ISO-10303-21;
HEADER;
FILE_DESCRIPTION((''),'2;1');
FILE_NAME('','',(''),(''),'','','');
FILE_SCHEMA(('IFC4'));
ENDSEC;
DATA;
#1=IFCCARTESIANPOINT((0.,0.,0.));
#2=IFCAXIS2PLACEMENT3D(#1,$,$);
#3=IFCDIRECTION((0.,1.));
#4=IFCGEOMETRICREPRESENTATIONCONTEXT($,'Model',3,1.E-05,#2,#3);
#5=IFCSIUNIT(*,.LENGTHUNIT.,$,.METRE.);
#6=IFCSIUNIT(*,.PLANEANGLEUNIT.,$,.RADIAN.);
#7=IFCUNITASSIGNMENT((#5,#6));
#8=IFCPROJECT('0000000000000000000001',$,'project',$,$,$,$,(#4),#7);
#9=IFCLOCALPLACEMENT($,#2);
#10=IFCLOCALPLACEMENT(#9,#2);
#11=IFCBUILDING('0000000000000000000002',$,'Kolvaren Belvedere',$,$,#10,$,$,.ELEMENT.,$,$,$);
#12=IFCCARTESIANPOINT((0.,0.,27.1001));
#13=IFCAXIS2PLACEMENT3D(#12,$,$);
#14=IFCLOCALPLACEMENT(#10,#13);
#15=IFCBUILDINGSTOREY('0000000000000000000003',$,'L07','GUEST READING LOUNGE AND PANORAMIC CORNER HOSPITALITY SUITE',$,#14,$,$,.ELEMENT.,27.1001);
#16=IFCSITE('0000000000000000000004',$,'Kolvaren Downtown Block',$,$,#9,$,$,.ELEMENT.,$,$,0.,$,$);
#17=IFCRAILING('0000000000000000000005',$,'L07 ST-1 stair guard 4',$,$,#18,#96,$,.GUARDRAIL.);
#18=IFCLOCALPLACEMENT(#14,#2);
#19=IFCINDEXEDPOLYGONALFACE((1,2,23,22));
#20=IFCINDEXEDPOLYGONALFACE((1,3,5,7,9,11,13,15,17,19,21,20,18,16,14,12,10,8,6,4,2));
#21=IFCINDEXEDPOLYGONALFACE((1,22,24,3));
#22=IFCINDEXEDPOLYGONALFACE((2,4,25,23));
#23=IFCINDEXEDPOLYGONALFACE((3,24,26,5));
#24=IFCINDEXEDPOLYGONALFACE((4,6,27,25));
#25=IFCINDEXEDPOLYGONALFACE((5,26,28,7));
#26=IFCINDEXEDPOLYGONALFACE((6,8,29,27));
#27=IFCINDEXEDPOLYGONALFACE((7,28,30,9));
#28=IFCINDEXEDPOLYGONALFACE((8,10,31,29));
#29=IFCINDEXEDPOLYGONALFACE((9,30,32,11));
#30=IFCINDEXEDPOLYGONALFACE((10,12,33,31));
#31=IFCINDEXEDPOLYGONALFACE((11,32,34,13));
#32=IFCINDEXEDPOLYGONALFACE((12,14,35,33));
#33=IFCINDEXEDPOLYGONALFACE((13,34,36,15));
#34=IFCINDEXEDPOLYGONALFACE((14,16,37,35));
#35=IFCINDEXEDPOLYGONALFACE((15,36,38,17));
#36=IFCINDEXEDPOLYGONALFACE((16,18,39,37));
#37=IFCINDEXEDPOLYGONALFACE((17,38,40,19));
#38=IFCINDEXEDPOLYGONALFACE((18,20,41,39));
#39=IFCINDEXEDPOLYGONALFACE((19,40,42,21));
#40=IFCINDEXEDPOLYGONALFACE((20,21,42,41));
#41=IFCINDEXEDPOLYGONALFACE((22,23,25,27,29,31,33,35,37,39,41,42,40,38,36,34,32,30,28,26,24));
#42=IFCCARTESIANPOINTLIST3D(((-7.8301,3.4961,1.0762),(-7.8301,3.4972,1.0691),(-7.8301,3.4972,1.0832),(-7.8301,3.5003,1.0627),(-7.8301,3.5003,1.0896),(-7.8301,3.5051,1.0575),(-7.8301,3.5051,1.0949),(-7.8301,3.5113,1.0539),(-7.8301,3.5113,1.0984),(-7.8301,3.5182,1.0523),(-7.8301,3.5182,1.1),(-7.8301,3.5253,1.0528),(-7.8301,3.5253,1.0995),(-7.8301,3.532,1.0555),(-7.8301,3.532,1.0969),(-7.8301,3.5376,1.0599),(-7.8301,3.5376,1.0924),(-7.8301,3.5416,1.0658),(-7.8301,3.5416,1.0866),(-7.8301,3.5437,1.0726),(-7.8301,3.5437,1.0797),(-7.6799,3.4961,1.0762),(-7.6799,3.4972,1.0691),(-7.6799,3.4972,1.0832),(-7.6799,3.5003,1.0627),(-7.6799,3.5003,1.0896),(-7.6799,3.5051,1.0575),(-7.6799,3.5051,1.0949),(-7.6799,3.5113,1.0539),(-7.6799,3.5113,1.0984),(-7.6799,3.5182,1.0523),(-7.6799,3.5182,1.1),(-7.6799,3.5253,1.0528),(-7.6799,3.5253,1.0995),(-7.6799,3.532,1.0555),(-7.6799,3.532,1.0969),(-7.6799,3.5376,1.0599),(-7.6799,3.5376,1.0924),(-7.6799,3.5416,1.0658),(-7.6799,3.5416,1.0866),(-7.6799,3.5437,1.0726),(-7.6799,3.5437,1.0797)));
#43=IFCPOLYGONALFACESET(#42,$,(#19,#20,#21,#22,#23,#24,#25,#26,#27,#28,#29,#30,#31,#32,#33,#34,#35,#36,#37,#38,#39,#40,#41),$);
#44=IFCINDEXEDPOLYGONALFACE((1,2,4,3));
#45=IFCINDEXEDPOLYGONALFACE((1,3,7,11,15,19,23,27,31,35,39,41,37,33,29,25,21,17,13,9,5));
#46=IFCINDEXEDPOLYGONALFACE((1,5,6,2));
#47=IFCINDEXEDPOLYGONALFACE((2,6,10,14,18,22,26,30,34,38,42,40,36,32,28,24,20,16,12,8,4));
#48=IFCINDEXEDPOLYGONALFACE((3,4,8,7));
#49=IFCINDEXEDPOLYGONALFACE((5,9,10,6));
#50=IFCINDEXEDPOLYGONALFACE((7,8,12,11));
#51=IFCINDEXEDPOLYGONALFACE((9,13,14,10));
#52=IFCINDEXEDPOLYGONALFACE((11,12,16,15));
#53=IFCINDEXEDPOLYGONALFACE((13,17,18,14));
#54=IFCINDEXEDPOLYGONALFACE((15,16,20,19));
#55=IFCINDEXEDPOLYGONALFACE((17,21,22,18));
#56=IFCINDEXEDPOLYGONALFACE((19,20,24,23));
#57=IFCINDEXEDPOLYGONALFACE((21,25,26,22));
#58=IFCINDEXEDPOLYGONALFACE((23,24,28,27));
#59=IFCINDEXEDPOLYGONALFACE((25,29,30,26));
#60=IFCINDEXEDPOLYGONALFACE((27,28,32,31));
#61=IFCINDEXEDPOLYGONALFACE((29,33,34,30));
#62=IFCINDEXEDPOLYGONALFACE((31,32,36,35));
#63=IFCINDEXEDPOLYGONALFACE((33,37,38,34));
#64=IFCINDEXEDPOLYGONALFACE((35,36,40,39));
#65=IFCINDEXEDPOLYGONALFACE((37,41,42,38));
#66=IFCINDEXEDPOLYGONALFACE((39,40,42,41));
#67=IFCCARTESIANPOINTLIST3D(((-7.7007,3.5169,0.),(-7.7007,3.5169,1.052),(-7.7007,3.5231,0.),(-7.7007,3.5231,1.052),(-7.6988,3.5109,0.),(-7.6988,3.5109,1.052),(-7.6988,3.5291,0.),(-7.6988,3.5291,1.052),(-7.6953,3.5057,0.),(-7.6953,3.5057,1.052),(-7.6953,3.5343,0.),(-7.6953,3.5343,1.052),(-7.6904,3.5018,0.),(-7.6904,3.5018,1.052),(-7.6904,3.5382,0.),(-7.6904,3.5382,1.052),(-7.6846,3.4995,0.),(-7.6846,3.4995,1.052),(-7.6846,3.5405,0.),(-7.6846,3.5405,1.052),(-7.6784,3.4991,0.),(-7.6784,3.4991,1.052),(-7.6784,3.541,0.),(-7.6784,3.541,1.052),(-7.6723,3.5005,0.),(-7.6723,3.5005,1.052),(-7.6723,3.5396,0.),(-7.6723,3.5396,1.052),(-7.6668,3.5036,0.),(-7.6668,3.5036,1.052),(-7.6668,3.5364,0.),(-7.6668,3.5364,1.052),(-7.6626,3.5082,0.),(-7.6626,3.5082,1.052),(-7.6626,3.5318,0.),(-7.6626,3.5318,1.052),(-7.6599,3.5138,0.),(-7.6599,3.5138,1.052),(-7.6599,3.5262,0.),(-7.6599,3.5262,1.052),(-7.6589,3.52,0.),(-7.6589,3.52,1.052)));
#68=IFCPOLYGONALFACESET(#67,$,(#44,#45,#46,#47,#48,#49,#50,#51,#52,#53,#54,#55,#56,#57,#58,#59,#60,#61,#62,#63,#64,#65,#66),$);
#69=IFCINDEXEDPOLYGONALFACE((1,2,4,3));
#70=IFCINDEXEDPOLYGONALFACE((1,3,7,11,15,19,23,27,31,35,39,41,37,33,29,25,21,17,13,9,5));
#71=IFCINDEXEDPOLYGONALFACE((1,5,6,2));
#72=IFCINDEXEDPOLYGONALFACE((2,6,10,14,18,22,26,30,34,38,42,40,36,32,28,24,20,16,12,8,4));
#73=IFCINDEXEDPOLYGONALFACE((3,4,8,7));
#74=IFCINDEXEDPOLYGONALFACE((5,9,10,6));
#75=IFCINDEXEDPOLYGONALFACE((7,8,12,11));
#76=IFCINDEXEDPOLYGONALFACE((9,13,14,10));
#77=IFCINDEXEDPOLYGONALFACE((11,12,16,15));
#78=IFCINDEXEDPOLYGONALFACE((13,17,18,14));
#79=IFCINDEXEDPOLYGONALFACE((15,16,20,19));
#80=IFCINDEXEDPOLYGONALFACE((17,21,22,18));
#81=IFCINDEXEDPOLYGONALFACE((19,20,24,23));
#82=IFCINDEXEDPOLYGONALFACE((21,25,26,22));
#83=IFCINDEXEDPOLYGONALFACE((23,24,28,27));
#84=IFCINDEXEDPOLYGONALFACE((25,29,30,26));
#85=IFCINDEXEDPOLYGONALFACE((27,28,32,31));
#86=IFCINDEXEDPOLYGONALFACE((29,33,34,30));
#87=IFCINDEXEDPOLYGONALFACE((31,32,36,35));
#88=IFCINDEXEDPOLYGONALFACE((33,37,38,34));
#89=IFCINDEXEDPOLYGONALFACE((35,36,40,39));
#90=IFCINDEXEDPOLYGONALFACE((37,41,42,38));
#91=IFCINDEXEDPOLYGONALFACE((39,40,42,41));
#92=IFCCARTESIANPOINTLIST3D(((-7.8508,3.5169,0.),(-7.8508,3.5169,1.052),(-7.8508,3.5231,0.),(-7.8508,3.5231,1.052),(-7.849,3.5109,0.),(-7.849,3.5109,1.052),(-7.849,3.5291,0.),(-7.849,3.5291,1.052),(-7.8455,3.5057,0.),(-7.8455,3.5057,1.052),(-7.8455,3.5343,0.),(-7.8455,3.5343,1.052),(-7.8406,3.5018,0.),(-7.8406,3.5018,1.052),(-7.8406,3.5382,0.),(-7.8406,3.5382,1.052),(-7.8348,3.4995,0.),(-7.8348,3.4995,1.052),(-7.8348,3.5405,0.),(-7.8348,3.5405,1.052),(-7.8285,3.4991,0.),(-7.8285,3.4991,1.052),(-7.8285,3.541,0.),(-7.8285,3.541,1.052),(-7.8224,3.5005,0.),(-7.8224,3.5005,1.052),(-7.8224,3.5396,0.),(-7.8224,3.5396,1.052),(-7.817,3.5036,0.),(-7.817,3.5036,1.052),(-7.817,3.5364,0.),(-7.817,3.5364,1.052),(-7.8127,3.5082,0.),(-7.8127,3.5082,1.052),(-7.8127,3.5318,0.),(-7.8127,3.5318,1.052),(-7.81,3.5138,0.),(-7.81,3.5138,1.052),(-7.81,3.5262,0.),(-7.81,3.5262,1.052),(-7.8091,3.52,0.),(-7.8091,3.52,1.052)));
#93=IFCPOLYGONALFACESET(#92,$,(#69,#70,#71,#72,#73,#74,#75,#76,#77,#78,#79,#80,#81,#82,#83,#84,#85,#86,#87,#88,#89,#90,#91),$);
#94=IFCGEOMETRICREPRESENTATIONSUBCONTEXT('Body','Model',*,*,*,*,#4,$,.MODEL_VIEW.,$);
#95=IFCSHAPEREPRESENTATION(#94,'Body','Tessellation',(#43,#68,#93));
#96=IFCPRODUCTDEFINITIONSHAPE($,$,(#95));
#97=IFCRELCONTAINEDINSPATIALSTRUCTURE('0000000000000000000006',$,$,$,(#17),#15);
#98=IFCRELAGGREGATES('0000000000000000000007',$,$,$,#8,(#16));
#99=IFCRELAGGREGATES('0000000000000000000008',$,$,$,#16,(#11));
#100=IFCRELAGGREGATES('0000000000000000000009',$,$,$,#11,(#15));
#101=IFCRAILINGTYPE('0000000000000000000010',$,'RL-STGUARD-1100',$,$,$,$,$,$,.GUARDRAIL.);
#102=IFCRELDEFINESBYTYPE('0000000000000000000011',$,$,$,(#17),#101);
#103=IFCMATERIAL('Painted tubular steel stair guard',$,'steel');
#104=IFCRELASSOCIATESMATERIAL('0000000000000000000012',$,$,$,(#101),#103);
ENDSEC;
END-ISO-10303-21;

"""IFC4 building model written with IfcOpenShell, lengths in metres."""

from ifc_helpers import new_model, si_unit, direction, frame, origin, origin_2d, place, context, subcontext, project, spatial, circle, extrude, material, type_object, element, save


model = new_model("IFC4")

# Units and contexts
model_context = context("Model", 3, precision=1e-05, world=origin(), true_north=direction((0.0, 1.0)))
body_context = subcontext(model_context, "Body", "Model", "MODEL_VIEW")
ifc_project = project(units=[si_unit("LENGTHUNIT", "METRE"), si_unit("PLANEANGLEUNIT", "RADIAN")], contexts=[model_context])

# Site, building, storey
site_placement = place(None, origin())
site = spatial("IfcSite", under=ifc_project, at=site_placement, Name="Kolvaren Downtown Block", CompositionType="ELEMENT", RefElevation=0.0)
building_placement = place(site_placement, origin())
building = spatial("IfcBuilding", under=site, at=building_placement, Name="Kolvaren Belvedere", CompositionType="ELEMENT")
storey_placement = place(building_placement, frame((0.0, 0.0, 27.1001)))
storey = spatial("IfcBuildingStorey", under=building, at=storey_placement, Name="L07", Description="GUEST READING LOUNGE AND PANORAMIC CORNER HOSPITALITY SUITE", CompositionType="ELEMENT", Elevation=27.1001)

# Railing
ifc_material_1 = material(Name="Painted tubular steel stair guard", Category="steel")
railing_type_1 = type_object("IfcRailingType", Name="RL-STGUARD-1100", PredefinedType="GUARDRAIL", material=ifc_material_1)
railing_1_placement = place(storey_placement, frame((-7.6799, 3.52, 0.0)))
element("IfcRailing", 1, at=railing_1_placement, inside=storey, type_object=railing_type_1, Name="L07 ST-1 stair guard 4", PredefinedType="GUARDRAIL", context=body_context, shape_type="SweptSolid", body=[
    extrude(circle(Radius=0.0239, at=origin_2d()), frame((0.0, 0.0, 1.0762), z_axis=(-1.0, 0.0, 0.0), x_axis=(0.0, -1.0, 0.0)), (0.0, 0.0, 1.0), 0.1501),
    extrude(circle(Radius=0.021, at=origin_2d()), origin(), (0.0, 0.0, 1.0), 1.052),
    extrude(circle(Radius=0.021, at=origin_2d()), frame((-0.1501, 0.0, 0.0)), (0.0, 0.0, 1.0), 1.052),
])

save(model, "model.ifc")
